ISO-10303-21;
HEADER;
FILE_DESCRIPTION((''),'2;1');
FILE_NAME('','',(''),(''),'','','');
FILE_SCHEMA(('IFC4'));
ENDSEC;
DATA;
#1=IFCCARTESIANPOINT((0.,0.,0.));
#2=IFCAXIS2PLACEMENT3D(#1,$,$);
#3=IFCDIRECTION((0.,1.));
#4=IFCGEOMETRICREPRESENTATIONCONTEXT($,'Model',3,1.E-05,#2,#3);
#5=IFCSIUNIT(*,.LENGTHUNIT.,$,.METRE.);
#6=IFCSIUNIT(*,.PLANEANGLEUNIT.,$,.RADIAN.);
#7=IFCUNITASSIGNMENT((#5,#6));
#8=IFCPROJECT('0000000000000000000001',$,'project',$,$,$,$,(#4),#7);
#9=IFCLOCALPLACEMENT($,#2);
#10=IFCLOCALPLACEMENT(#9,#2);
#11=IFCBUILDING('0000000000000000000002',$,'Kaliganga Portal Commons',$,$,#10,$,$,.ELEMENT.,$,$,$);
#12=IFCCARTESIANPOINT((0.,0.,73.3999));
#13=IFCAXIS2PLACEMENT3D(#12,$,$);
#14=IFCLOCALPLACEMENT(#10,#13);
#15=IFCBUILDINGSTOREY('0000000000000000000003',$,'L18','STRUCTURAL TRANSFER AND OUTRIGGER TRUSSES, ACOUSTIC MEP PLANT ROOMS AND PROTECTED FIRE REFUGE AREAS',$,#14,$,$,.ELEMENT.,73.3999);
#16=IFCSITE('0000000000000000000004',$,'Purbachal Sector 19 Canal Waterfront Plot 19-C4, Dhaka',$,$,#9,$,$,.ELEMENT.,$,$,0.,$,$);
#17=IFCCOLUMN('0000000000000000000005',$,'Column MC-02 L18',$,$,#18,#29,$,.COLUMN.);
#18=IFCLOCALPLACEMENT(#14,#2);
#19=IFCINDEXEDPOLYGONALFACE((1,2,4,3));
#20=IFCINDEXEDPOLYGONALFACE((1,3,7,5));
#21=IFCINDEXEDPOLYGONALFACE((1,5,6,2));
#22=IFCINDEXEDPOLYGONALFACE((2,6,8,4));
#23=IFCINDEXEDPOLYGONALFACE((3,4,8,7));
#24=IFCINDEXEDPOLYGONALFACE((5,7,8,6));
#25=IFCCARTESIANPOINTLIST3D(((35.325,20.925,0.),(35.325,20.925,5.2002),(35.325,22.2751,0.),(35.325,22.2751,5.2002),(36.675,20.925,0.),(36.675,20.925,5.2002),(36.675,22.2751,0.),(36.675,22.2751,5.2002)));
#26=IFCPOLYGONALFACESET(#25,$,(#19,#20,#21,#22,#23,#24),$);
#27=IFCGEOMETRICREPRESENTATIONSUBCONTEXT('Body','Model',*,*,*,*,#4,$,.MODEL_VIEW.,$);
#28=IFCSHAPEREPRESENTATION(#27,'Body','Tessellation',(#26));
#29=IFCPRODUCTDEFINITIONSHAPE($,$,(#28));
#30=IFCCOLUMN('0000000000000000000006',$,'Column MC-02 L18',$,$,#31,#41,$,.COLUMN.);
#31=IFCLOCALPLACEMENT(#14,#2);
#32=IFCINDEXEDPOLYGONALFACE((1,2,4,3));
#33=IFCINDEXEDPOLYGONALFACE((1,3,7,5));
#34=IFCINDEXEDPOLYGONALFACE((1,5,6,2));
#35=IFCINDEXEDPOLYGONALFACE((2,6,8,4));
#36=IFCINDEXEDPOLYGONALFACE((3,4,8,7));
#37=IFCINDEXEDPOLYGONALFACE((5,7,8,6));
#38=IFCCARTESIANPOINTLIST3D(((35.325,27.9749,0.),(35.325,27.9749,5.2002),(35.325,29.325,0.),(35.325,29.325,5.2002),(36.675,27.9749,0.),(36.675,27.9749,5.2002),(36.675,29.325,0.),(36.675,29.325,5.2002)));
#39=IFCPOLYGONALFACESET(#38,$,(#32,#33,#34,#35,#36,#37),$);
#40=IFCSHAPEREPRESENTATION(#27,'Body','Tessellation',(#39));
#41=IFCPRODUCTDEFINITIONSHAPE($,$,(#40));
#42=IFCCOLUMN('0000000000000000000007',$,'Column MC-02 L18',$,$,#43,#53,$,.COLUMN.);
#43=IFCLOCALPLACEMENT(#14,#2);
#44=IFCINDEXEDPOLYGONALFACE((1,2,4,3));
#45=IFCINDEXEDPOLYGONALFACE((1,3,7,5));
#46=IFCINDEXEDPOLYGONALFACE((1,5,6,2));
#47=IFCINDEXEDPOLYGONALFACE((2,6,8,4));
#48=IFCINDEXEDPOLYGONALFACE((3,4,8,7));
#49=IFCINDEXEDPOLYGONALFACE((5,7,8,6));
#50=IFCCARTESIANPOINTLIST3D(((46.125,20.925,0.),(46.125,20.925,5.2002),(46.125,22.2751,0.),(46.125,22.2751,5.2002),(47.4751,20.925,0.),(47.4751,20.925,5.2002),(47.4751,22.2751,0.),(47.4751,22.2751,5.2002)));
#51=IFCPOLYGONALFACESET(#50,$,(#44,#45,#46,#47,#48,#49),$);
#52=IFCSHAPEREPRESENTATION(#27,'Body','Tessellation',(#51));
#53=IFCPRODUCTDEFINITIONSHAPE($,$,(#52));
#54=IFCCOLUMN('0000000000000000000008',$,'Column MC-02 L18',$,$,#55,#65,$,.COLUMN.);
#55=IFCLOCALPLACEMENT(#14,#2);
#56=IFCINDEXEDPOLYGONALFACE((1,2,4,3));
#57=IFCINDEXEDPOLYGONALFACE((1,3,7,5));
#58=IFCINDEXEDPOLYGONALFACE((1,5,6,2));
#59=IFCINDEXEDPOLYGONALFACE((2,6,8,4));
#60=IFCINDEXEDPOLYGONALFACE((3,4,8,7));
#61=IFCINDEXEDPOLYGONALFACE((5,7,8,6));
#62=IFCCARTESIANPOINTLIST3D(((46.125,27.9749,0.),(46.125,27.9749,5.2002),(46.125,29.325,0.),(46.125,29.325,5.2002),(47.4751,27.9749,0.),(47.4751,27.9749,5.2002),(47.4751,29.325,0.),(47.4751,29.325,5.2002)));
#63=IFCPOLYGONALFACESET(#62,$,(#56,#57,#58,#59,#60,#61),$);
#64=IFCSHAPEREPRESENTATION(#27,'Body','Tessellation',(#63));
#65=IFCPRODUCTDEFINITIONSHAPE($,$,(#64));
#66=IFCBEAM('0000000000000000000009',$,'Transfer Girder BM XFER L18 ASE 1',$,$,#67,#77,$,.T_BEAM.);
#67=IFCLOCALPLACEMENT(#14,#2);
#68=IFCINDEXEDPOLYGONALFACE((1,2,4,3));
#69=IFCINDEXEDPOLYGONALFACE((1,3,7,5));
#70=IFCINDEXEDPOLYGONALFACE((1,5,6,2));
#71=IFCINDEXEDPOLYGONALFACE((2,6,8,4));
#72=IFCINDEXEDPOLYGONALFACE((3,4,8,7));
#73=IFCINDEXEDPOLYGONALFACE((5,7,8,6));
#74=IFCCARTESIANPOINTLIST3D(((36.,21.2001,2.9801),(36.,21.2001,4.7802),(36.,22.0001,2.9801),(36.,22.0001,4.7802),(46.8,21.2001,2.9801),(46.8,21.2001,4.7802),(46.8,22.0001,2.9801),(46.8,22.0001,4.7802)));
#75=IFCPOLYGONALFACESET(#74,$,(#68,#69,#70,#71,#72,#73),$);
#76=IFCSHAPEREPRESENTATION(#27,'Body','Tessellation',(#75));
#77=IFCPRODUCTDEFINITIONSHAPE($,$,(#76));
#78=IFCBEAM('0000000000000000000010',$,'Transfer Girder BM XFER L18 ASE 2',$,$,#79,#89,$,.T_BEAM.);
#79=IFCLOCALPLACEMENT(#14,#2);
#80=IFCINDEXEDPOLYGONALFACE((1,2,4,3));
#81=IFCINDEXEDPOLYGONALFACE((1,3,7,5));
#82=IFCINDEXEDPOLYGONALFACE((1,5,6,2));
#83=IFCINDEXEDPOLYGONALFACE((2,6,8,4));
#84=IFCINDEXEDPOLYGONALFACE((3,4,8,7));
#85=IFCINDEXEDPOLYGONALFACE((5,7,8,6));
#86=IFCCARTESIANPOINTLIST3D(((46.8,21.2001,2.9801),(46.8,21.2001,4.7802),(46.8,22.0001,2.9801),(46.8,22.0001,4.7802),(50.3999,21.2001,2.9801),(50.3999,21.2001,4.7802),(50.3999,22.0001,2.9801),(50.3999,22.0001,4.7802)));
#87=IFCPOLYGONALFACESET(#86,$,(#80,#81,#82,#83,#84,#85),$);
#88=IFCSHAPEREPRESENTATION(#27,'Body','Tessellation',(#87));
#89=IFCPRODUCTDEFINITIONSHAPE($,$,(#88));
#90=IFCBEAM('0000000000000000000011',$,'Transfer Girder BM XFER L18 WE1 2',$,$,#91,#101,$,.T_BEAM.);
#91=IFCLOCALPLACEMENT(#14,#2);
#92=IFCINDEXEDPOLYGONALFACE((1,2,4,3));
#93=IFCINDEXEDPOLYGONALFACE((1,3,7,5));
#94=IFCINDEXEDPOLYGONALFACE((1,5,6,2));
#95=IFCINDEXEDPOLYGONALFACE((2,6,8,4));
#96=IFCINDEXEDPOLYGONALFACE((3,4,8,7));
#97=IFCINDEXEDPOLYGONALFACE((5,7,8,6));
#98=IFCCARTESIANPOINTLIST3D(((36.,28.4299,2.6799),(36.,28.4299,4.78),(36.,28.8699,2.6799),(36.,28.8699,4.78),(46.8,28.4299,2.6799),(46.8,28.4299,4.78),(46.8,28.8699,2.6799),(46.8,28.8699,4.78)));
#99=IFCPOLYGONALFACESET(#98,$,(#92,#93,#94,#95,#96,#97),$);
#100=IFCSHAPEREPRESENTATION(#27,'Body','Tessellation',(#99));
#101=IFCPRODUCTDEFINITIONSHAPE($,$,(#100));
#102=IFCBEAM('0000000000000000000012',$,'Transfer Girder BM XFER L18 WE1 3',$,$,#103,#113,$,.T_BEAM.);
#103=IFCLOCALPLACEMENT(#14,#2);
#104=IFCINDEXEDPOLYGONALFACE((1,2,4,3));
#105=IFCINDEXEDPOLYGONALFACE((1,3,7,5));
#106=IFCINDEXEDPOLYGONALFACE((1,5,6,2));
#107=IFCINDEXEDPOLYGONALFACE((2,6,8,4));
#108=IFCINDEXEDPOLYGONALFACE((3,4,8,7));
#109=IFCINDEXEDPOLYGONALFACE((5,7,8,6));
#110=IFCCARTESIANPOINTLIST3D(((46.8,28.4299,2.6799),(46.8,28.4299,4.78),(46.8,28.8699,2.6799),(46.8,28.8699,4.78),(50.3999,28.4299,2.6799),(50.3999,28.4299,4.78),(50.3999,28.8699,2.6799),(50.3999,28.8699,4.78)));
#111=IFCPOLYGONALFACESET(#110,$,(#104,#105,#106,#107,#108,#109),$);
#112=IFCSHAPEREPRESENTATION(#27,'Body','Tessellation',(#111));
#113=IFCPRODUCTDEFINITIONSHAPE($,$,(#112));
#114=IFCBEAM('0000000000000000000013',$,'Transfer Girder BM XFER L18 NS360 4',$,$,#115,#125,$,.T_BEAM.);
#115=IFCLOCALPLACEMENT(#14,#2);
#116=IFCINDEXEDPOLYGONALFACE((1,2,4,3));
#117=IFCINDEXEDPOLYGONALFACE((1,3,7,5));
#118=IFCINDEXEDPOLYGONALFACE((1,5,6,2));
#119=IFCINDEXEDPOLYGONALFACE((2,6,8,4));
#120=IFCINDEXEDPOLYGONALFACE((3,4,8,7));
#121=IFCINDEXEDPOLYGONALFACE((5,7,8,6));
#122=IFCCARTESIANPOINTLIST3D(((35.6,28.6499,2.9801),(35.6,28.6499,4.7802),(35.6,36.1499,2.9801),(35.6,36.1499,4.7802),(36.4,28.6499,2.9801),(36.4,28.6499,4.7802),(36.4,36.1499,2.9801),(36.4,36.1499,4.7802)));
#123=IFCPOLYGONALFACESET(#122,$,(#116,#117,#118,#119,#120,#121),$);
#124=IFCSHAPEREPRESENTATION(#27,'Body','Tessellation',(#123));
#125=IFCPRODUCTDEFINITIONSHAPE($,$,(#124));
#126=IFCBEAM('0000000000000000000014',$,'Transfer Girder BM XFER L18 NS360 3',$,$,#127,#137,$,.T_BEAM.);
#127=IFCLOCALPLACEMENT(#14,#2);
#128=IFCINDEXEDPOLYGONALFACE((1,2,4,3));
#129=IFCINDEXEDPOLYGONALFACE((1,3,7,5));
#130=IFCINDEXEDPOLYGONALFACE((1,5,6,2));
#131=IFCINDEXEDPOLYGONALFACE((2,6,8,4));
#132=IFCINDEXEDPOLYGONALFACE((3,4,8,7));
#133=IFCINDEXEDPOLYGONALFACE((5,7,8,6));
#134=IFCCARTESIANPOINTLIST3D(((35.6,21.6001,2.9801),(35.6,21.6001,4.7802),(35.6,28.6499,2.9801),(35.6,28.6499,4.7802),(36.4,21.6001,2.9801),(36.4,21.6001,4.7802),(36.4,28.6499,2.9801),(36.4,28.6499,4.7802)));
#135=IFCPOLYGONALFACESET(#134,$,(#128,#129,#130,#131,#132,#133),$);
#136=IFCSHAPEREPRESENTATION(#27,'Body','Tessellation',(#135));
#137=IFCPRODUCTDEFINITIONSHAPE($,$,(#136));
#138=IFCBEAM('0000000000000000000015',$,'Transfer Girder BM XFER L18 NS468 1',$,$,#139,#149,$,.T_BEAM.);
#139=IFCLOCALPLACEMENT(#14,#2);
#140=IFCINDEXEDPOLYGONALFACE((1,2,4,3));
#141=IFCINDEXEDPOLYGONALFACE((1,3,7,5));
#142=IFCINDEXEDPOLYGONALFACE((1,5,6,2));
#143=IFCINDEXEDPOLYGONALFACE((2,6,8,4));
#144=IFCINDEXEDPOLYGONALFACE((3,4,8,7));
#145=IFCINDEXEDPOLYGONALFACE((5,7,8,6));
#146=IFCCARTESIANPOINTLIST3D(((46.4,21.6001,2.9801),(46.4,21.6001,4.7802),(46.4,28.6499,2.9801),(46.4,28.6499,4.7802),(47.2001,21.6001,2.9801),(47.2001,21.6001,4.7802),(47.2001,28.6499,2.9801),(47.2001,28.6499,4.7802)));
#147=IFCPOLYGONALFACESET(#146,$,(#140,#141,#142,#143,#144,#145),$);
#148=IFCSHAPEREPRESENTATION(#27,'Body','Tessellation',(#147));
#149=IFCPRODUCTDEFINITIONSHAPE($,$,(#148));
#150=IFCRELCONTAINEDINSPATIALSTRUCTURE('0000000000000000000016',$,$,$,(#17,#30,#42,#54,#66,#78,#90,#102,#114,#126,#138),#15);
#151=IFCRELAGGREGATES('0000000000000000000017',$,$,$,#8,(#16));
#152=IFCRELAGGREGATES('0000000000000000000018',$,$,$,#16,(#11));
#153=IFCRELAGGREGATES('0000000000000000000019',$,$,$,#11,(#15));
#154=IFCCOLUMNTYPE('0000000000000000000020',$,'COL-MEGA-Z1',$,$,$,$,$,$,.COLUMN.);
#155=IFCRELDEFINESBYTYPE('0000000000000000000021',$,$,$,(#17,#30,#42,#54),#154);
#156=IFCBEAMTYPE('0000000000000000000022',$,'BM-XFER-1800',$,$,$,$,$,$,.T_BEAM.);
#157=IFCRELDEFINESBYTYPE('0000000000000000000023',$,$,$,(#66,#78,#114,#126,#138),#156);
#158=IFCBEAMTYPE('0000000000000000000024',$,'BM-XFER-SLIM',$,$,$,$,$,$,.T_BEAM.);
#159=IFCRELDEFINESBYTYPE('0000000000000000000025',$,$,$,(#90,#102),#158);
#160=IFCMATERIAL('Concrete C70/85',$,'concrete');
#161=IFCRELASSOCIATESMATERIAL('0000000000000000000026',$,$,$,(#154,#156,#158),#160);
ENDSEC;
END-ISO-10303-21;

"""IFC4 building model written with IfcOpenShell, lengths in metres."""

from ifc_helpers import new_model, si_unit, direction, frame, origin, origin_2d, place, context, subcontext, project, spatial, rectangle, extrude, source, transform, mapped, material, material_profile, profile_set, type_object, element, save


model = new_model("IFC4")

# Units and contexts
model_context = context("Model", 3, precision=1e-05, world=origin(), true_north=direction((0.0, 1.0)))
body_context = subcontext(model_context, "Body", "Model", "MODEL_VIEW")
ifc_project = project(units=[si_unit("LENGTHUNIT", "METRE"), si_unit("PLANEANGLEUNIT", "RADIAN")], contexts=[model_context])

# Site, building, storey
site_placement = place(None, origin())
site = spatial("IfcSite", under=ifc_project, at=site_placement, Name="Purbachal Sector 19 Canal Waterfront Plot 19-C4, Dhaka", CompositionType="ELEMENT", RefElevation=0.0)
building_placement = place(site_placement, origin())
building = spatial("IfcBuilding", under=site, at=building_placement, Name="Kaliganga Portal Commons", CompositionType="ELEMENT")
storey_placement = place(building_placement, frame((0.0, 0.0, 73.3999)))
storey = spatial("IfcBuildingStorey", under=building, at=storey_placement, Name="L18", Description="STRUCTURAL TRANSFER AND OUTRIGGER TRUSSES, ACOUSTIC MEP PLANT ROOMS AND PROTECTED FIRE REFUGE AREAS", CompositionType="ELEMENT", Elevation=73.3999)

# Columns
ifc_material_1 = material(Name="Concrete C70/85", Category="concrete")
ifc_material_profile_1 = material_profile(ifc_material_1, rectangle(XDim=1.3501, YDim=1.3501, at=origin_2d()), Name="RC 1350x1350")
ifc_profile_set_1 = profile_set([ifc_material_profile_1], Name="Concrete C70/85")
column_type = type_object("IfcColumnType", Name="COL-MEGA-Z1", PredefinedType="COLUMN", material=ifc_profile_set_1)
shared_shape_1 = source(origin(), body_context, "Body", "SweptSolid", [
    extrude(rectangle(XDim=1.3501, YDim=1.3501, at=origin_2d()), origin(), (0.0, 0.0, 1.0), 5.2002),
])
for number, where, z_axis, x_axis, name in (
    (1, (36.0, 21.6001, 0.0), (0.0, 0.0, 1.0), (1.0, 0.0, 0.0), "Column MC-02 L18"),
    (2, (36.0, 28.6499, 0.0), (0.0, 0.0, 1.0), (1.0, 0.0, 0.0), "Column MC-02 L18"),
    (3, (46.8, 21.6001, 0.0), (0.0, 0.0, 1.0), (1.0, 0.0, 0.0), "Column MC-02 L18"),
    (4, (46.8, 28.6499, 0.0), (0.0, 0.0, 1.0), (1.0, 0.0, 0.0), "Column MC-02 L18"),
):
    element("IfcColumn", number, at=place(storey_placement, frame(where, z_axis=z_axis, x_axis=x_axis)), inside=storey, type_object=column_type, Name=name, PredefinedType="COLUMN", context=body_context, shape_type="MappedRepresentation", body=[
        mapped(shared_shape_1, transform((0.0, 0.0, 0.0), x_axis=(1.0, 0.0, 0.0), y_axis=(0.0, 1.0, 0.0), z_axis=(0.0, 0.0, 1.0), scale=1.0)),
    ])

# Beams
ifc_material_profile_2 = material_profile(ifc_material_1, rectangle(XDim=0.8, YDim=1.8, at=origin_2d()), Name="RC 800x1800")
ifc_profile_set_2 = profile_set([ifc_material_profile_2], Name="Concrete C70/85")
beam_type_1 = type_object("IfcBeamType", Name="BM-XFER-1800", PredefinedType="T_BEAM", material=ifc_profile_set_2)
shared_shape_2 = source(origin(), body_context, "Body", "SweptSolid", [
    extrude(rectangle(XDim=0.8, YDim=1.8, at=origin_2d()), origin(), (0.0, 0.0, 1.0), 10.8),
])
beam_1_placement = place(storey_placement, frame((36.0, 21.6001, 3.8801), z_axis=(1.0, 0.0, 0.0), x_axis=(0.0, 1.0, 0.0)))
element("IfcBeam", 5, at=beam_1_placement, inside=storey, type_object=beam_type_1, Name="Transfer Girder BM XFER L18 ASE 1", PredefinedType="T_BEAM", context=body_context, shape_type="MappedRepresentation", body=[
    mapped(shared_shape_2, transform((0.0, 0.0, 0.0), x_axis=(1.0, 0.0, 0.0), y_axis=(0.0, 1.0, 0.0), z_axis=(0.0, 0.0, 1.0), scale=1.0)),
])
shared_shape_3 = source(origin(), body_context, "Body", "SweptSolid", [
    extrude(rectangle(XDim=0.8, YDim=1.8, at=origin_2d()), origin(), (0.0, 0.0, 1.0), 3.5999),
])
beam_2_placement = place(storey_placement, frame((46.8, 21.6001, 3.8801), z_axis=(1.0, 0.0, 0.0), x_axis=(0.0, 1.0, 0.0)))
element("IfcBeam", 6, at=beam_2_placement, inside=storey, type_object=beam_type_1, Name="Transfer Girder BM XFER L18 ASE 2", PredefinedType="T_BEAM", context=body_context, shape_type="MappedRepresentation", body=[
    mapped(shared_shape_3, transform((0.0, 0.0, 0.0), x_axis=(1.0, 0.0, 0.0), y_axis=(0.0, 1.0, 0.0), z_axis=(0.0, 0.0, 1.0), scale=1.0)),
])
ifc_material_profile_3 = material_profile(ifc_material_1, rectangle(XDim=0.4399, YDim=2.1001, at=origin_2d()), Name="RC 440x2100")
ifc_profile_set_3 = profile_set([ifc_material_profile_3], Name="Concrete C70/85")
beam_type_2 = type_object("IfcBeamType", Name="BM-XFER-SLIM", PredefinedType="T_BEAM", material=ifc_profile_set_3)
shared_shape_4 = source(origin(), body_context, "Body", "SweptSolid", [
    extrude(rectangle(XDim=0.4399, YDim=2.1001, at=origin_2d()), origin(), (0.0, 0.0, 1.0), 10.8),
])
beam_3_placement = place(storey_placement, frame((36.0, 28.6499, 3.73), z_axis=(1.0, 0.0, 0.0), x_axis=(0.0, 1.0, 0.0)))
element("IfcBeam", 7, at=beam_3_placement, inside=storey, type_object=beam_type_2, Name="Transfer Girder BM XFER L18 WE1 2", PredefinedType="T_BEAM", context=body_context, shape_type="MappedRepresentation", body=[
    mapped(shared_shape_4, transform((0.0, 0.0, 0.0), x_axis=(1.0, 0.0, 0.0), y_axis=(0.0, 1.0, 0.0), z_axis=(0.0, 0.0, 1.0), scale=1.0)),
])
shared_shape_5 = source(origin(), body_context, "Body", "SweptSolid", [
    extrude(rectangle(XDim=0.4399, YDim=2.1001, at=origin_2d()), origin(), (0.0, 0.0, 1.0), 3.5999),
])
beam_4_placement = place(storey_placement, frame((46.8, 28.6499, 3.73), z_axis=(1.0, 0.0, 0.0), x_axis=(0.0, 1.0, 0.0)))
element("IfcBeam", 8, at=beam_4_placement, inside=storey, type_object=beam_type_2, Name="Transfer Girder BM XFER L18 WE1 3", PredefinedType="T_BEAM", context=body_context, shape_type="MappedRepresentation", body=[
    mapped(shared_shape_5, transform((0.0, 0.0, 0.0), x_axis=(1.0, 0.0, 0.0), y_axis=(0.0, 1.0, 0.0), z_axis=(0.0, 0.0, 1.0), scale=1.0)),
])
shared_shape_6 = source(origin(), body_context, "Body", "SweptSolid", [
    extrude(rectangle(XDim=0.8, YDim=1.8, at=origin_2d()), origin(), (0.0, 0.0, 1.0), 7.5),
])
beam_5_placement = place(storey_placement, frame((36.0, 28.6499, 3.8801), z_axis=(0.0, 1.0, 0.0), x_axis=(-1.0, 0.0, 0.0)))
element("IfcBeam", 9, at=beam_5_placement, inside=storey, type_object=beam_type_1, Name="Transfer Girder BM XFER L18 NS360 4", PredefinedType="T_BEAM", context=body_context, shape_type="MappedRepresentation", body=[
    mapped(shared_shape_6, transform((0.0, 0.0, 0.0), x_axis=(1.0, 0.0, 0.0), y_axis=(0.0, 1.0, 0.0), z_axis=(0.0, 0.0, 1.0), scale=1.0)),
])
shared_shape_7 = source(origin(), body_context, "Body", "SweptSolid", [
    extrude(rectangle(XDim=0.8, YDim=1.8, at=origin_2d()), origin(), (0.0, 0.0, 1.0), 7.0498),
])
for number, where, z_axis, x_axis, name in (
    (10, (36.0, 21.6001, 3.8801), (0.0, 1.0, 0.0), (-1.0, 0.0, 0.0), "Transfer Girder BM XFER L18 NS360 3"),
    (11, (46.8, 21.6001, 3.8801), (0.0, 1.0, 0.0), (-1.0, 0.0, 0.0), "Transfer Girder BM XFER L18 NS468 1"),
):
    element("IfcBeam", number, at=place(storey_placement, frame(where, z_axis=z_axis, x_axis=x_axis)), inside=storey, type_object=beam_type_1, Name=name, PredefinedType="T_BEAM", context=body_context, shape_type="MappedRepresentation", body=[
        mapped(shared_shape_7, transform((0.0, 0.0, 0.0), x_axis=(1.0, 0.0, 0.0), y_axis=(0.0, 1.0, 0.0), z_axis=(0.0, 0.0, 1.0), scale=1.0)),
    ])

save(model, "model.ifc")
